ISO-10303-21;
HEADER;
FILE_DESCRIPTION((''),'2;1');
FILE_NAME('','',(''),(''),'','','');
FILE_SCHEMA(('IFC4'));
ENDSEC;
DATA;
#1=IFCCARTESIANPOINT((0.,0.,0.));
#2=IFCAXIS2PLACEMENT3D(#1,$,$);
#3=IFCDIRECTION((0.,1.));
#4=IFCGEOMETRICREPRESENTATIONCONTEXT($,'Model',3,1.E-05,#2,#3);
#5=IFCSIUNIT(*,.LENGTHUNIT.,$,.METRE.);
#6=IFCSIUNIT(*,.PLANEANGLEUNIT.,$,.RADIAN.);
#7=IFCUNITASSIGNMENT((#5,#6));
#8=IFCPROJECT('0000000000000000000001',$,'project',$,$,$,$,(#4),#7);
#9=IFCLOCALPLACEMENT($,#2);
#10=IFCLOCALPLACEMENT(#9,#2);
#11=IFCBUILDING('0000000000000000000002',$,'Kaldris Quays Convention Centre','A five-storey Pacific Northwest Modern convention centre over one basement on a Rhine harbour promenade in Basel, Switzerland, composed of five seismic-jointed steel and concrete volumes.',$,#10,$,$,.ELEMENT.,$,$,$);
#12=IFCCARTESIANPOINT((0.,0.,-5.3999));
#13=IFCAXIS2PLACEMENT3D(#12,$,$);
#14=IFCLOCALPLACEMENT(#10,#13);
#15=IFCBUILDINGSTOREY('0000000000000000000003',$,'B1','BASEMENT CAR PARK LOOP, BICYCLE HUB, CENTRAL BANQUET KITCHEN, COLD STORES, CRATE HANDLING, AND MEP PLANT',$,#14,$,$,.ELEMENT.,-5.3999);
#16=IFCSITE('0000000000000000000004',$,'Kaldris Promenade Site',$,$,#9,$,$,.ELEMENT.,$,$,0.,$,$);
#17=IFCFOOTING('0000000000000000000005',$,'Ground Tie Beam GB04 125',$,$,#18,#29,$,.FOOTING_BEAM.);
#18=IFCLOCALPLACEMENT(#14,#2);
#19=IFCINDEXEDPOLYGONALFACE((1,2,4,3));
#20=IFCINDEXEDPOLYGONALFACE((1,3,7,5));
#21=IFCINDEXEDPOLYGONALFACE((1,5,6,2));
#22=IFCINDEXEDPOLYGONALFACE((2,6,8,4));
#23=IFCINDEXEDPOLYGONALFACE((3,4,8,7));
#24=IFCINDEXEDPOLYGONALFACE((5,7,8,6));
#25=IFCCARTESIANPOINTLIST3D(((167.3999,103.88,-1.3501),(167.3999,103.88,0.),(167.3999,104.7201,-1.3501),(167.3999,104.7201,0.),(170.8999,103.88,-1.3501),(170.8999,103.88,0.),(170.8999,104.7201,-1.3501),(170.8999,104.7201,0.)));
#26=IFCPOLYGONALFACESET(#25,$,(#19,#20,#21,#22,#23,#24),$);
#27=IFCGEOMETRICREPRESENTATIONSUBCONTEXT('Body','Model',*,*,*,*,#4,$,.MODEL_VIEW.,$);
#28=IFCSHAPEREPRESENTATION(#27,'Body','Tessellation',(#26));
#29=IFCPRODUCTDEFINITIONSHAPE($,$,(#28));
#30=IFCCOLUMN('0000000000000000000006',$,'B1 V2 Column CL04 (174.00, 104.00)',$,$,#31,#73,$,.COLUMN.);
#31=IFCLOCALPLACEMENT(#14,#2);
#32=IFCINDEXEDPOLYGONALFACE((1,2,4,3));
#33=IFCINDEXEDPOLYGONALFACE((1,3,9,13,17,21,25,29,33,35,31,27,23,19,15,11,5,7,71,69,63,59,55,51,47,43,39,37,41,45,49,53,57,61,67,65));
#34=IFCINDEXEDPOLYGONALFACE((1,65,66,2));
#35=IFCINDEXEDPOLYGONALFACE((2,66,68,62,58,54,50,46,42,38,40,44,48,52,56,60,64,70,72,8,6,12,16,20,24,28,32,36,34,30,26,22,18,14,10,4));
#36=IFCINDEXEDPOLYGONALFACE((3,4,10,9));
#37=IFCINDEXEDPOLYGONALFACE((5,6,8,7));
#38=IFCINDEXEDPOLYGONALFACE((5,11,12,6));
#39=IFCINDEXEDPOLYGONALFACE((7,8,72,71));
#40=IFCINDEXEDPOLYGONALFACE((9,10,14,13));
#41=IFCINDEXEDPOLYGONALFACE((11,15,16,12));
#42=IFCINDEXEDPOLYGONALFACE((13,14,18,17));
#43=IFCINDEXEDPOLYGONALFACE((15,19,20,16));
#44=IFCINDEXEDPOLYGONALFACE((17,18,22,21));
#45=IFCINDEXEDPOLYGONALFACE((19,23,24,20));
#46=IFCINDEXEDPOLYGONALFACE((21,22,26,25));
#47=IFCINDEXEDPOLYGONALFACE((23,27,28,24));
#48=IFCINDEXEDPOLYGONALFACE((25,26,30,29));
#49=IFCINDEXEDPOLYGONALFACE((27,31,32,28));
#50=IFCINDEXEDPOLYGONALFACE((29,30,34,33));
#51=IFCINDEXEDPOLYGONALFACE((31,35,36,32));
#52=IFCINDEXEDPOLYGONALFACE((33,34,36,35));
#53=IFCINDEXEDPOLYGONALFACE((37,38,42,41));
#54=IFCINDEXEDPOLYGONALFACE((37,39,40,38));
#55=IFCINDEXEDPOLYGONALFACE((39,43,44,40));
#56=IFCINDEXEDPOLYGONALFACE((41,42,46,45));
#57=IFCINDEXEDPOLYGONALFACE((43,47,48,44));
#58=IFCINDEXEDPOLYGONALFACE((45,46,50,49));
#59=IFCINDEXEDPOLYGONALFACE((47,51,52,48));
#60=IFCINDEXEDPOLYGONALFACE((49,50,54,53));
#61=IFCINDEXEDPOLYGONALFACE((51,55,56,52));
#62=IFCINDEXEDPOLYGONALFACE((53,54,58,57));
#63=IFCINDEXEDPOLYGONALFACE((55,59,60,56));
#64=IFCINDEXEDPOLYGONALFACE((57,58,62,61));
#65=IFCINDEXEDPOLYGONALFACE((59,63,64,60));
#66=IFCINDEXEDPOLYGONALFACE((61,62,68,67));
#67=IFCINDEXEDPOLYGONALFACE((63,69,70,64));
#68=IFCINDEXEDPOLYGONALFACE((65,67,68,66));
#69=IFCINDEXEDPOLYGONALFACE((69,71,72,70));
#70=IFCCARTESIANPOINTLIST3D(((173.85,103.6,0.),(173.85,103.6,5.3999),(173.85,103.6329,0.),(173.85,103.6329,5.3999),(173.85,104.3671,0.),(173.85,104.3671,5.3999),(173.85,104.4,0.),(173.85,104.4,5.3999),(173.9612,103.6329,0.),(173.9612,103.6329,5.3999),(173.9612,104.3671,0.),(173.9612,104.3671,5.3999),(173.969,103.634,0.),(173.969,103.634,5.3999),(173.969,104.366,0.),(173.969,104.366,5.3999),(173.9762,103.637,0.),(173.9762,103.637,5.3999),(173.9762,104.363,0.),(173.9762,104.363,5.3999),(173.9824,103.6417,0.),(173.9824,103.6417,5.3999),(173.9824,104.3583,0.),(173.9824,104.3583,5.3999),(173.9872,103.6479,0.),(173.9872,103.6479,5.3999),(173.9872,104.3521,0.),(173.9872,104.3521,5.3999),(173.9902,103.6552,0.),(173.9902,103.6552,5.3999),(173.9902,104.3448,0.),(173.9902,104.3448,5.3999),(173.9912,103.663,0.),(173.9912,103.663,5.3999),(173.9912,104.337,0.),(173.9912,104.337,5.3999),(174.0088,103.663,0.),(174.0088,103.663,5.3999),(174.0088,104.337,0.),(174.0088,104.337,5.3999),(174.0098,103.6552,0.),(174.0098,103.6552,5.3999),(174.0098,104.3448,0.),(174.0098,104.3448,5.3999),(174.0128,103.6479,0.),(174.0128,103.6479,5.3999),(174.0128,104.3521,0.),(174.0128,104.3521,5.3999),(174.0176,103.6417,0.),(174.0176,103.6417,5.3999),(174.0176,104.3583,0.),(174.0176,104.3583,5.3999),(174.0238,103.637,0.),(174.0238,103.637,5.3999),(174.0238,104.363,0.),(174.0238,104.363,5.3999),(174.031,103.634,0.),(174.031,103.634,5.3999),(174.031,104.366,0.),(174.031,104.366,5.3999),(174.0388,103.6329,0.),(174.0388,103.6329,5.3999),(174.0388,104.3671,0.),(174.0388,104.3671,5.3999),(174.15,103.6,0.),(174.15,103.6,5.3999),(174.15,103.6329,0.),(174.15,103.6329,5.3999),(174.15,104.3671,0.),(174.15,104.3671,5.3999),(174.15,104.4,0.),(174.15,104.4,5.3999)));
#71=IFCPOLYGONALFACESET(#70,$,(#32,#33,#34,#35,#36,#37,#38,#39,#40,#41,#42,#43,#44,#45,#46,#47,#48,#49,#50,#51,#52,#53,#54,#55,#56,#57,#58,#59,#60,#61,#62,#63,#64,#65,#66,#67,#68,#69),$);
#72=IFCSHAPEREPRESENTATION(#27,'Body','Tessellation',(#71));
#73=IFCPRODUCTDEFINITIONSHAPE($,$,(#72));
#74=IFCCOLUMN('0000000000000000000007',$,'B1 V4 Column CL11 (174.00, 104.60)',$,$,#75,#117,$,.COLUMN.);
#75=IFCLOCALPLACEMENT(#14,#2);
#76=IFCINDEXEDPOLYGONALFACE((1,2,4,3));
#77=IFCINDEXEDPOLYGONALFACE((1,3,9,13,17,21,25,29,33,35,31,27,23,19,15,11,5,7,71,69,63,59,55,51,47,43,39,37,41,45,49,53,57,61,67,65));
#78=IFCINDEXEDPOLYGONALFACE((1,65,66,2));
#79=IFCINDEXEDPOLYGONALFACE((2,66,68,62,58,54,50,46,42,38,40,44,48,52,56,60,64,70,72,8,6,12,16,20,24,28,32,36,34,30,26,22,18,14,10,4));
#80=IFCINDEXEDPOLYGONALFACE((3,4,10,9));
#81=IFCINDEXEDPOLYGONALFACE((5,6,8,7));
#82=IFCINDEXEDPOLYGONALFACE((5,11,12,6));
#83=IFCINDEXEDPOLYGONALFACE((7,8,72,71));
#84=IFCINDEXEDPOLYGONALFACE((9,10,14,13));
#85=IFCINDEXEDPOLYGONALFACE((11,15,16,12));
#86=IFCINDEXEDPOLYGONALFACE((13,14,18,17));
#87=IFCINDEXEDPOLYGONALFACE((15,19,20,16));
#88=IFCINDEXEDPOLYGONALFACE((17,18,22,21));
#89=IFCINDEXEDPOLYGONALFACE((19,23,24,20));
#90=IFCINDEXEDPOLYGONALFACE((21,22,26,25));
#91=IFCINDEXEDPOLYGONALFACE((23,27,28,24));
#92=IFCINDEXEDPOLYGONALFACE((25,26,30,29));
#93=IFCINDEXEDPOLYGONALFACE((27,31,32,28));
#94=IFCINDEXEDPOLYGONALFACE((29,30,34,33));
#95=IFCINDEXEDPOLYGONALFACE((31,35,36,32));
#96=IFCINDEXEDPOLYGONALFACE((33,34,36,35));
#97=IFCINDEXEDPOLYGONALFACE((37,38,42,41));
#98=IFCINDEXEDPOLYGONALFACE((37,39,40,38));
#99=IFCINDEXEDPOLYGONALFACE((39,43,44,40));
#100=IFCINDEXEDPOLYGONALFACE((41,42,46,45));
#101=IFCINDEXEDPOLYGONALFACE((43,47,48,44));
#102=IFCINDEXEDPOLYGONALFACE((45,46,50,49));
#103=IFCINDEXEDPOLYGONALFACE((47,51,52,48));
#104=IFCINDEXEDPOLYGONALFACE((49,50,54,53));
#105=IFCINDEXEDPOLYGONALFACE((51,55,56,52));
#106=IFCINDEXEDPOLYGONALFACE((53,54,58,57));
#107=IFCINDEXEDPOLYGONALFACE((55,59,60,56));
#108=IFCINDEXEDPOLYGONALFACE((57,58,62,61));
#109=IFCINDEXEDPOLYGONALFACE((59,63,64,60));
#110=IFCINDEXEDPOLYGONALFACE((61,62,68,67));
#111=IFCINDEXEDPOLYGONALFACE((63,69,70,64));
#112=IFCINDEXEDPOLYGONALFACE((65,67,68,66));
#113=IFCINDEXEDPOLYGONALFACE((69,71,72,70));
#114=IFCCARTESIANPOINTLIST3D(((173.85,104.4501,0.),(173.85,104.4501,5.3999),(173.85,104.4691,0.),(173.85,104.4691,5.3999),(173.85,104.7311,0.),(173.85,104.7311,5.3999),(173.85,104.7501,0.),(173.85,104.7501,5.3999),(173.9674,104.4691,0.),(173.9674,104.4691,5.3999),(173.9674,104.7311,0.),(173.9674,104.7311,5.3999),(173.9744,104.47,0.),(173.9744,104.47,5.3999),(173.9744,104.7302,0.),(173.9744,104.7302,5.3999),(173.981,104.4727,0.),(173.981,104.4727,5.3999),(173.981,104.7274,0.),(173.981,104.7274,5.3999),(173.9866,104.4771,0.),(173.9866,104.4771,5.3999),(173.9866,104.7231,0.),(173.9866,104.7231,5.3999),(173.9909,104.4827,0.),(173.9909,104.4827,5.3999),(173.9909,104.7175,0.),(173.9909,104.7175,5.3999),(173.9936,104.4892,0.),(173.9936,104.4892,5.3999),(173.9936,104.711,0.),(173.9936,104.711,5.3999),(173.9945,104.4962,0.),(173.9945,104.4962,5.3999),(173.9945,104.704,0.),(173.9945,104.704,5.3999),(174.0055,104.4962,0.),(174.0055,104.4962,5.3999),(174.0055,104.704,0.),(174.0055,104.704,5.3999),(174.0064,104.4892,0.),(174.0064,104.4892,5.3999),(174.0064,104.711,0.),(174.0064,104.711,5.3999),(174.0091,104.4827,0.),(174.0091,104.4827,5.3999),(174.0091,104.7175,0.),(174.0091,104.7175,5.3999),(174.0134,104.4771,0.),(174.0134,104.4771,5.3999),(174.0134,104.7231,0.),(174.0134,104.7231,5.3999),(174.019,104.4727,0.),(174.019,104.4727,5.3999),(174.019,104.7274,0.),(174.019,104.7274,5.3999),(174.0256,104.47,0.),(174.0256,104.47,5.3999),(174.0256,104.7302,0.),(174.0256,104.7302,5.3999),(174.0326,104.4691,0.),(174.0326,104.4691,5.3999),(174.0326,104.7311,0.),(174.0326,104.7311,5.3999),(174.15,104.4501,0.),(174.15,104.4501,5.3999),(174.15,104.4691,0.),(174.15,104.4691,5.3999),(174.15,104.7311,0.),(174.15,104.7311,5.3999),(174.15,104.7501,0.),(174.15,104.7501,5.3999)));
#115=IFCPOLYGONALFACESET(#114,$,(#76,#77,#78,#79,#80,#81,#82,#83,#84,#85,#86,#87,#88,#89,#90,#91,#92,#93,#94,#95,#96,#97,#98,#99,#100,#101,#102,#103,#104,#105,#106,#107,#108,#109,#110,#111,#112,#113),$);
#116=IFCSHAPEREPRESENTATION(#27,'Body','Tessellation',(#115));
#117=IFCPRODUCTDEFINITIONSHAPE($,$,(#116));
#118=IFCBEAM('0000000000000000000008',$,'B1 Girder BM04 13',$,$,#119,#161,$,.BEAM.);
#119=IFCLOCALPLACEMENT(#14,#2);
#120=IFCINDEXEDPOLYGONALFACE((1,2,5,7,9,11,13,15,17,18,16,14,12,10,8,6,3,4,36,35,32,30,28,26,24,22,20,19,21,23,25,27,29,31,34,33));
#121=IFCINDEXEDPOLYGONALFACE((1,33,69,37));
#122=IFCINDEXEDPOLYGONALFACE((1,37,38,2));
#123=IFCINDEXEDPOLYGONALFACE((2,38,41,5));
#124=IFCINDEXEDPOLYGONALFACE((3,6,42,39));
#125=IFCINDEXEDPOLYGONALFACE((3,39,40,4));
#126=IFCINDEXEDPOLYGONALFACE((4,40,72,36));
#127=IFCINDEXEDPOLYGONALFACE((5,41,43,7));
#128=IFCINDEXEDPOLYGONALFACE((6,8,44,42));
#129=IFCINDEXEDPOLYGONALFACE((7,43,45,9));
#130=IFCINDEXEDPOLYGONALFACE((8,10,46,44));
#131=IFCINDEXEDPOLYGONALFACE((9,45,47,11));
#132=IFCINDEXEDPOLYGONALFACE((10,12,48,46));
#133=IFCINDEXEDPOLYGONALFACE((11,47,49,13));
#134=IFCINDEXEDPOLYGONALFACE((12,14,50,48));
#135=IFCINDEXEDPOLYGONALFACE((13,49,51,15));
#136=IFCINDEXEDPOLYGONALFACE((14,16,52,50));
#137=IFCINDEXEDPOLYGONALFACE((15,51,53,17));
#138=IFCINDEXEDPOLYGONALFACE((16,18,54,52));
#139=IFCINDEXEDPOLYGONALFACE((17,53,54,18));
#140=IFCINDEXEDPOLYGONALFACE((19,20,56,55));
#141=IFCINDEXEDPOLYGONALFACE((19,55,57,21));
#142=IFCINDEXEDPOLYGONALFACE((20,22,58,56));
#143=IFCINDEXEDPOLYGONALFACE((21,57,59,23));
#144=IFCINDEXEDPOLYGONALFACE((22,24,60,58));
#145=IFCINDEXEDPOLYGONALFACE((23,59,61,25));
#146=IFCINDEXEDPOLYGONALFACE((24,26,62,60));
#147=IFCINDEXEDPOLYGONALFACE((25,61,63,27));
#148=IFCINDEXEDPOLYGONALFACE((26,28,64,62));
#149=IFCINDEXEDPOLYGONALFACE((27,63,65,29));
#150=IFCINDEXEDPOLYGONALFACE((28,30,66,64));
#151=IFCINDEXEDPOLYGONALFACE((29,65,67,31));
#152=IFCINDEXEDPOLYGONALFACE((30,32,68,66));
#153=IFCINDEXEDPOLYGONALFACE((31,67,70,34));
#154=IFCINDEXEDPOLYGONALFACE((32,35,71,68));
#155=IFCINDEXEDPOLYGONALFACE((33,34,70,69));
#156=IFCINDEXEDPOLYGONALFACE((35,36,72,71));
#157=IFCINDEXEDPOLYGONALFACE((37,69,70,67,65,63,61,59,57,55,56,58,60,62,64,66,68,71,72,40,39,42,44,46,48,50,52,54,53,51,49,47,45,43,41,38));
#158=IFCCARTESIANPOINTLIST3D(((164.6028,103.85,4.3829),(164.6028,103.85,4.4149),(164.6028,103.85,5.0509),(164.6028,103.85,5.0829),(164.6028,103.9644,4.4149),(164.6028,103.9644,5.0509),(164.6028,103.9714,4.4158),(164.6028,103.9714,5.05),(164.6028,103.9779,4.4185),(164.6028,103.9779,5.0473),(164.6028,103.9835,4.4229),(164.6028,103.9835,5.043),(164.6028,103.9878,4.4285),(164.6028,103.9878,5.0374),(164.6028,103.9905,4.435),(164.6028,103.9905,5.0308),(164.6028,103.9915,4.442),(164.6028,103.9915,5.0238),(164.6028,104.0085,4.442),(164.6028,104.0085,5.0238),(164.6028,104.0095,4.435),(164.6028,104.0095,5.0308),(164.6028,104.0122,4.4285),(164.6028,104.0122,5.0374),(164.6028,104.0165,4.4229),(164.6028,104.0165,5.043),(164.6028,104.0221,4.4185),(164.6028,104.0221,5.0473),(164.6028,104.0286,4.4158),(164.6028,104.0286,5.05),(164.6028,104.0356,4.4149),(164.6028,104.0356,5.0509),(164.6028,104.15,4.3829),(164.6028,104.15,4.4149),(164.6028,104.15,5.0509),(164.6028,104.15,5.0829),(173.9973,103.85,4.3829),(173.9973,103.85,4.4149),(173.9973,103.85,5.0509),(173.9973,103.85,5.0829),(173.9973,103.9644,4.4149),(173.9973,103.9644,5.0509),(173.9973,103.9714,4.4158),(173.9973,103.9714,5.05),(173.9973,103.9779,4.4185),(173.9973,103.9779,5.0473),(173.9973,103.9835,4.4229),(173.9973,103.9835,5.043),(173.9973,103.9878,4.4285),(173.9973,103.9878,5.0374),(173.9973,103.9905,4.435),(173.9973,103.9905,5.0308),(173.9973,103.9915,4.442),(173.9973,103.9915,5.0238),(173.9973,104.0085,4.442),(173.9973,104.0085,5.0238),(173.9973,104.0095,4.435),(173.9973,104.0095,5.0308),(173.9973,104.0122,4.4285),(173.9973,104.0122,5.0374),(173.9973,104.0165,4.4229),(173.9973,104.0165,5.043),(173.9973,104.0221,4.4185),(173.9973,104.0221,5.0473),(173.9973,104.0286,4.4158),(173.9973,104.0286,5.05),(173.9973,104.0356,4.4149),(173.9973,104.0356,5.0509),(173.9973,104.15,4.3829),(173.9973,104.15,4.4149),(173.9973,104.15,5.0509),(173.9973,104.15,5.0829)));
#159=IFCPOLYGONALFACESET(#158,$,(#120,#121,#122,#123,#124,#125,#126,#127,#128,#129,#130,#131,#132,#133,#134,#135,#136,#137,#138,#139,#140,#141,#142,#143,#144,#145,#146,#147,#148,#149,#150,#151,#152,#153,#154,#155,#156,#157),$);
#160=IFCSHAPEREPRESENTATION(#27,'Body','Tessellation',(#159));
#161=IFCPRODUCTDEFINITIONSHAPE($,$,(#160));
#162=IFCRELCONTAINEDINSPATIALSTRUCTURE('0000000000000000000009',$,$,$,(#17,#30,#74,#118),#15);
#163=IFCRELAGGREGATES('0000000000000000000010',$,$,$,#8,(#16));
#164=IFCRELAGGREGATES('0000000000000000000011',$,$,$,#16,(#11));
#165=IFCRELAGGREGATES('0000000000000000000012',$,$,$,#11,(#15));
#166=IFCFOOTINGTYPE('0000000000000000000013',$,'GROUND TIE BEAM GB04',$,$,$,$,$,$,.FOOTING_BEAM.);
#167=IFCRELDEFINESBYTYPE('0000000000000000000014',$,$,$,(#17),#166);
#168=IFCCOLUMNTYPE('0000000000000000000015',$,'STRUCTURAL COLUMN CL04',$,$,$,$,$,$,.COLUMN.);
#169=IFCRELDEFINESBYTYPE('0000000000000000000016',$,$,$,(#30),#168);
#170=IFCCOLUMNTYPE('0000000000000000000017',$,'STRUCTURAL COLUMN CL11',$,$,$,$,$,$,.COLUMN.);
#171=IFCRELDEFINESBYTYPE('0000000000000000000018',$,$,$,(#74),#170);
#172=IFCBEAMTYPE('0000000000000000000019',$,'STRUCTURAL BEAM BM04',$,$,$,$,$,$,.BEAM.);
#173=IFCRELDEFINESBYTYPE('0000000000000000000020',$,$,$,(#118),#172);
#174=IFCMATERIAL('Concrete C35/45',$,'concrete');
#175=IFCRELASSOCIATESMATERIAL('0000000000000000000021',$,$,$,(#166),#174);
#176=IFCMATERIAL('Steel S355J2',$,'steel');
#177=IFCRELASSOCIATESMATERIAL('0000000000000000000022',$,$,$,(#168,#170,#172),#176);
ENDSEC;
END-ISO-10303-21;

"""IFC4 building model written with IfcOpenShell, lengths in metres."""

from ifc_helpers import new_model, si_unit, direction, frame, origin, origin_2d, place, context, subcontext, project, spatial, rectangle, i_section, extrude, material, material_profile, profile_set, type_object, element, save


model = new_model("IFC4")

# Units and contexts
model_context = context("Model", 3, precision=1e-05, world=origin(), true_north=direction((0.0, 1.0)))
body_context = subcontext(model_context, "Body", "Model", "MODEL_VIEW")
ifc_project = project(units=[si_unit("LENGTHUNIT", "METRE"), si_unit("PLANEANGLEUNIT", "RADIAN")], contexts=[model_context])

# Site, building, storey
site_placement = place(None, origin())
site = spatial("IfcSite", under=ifc_project, at=site_placement, Name="Kaldris Promenade Site", CompositionType="ELEMENT", RefElevation=0.0)
building_placement = place(site_placement, origin())
building = spatial("IfcBuilding", under=site, at=building_placement, Name="Kaldris Quays Convention Centre", Description="A five-storey Pacific Northwest Modern convention centre over one basement on a Rhine harbour promenade in Basel, Switzerland, composed of five seismic-jointed steel and concrete volumes.", CompositionType="ELEMENT")
storey_placement = place(building_placement, frame((0.0, 0.0, -5.3999)))
storey = spatial("IfcBuildingStorey", under=building, at=storey_placement, Name="B1", Description="BASEMENT CAR PARK LOOP, BICYCLE HUB, CENTRAL BANQUET KITCHEN, COLD STORES, CRATE HANDLING, AND MEP PLANT", CompositionType="ELEMENT", Elevation=-5.3999)

# Shared definitions
ifc_material_1 = material(Name="Concrete C35/45", Category="concrete")

# Footing
footing_type_1 = type_object("IfcFootingType", Name="GROUND TIE BEAM GB04", PredefinedType="FOOTING_BEAM", material=ifc_material_1)
footing_1_placement = place(storey_placement, frame((169.1499, 104.3, -1.3501), z_axis=(0.0, 0.0, 1.0), x_axis=(1.0, 0.0, 0.0)))
element("IfcFooting", 1, at=footing_1_placement, inside=storey, type_object=footing_type_1, Name="Ground Tie Beam GB04 125", PredefinedType="FOOTING_BEAM", context=body_context, shape_type="SweptSolid", body=[
    extrude(rectangle(XDim=3.5, YDim=0.8401, at=origin_2d()), origin(), (0.0, 0.0, 1.0), 1.3501),
])

# Columns
ifc_material_2 = material(Name="Steel S355J2", Category="steel")
ifc_material_profile_1 = material_profile(ifc_material_2, i_section(OverallWidth=0.3, OverallDepth=0.8, WebThickness=0.0176, FlangeThickness=0.033, FilletRadius=0.03, at=origin_2d()), Name="HEB 800")
ifc_profile_set_1 = profile_set([ifc_material_profile_1], Name="Steel S355J2")
column_type_1 = type_object("IfcColumnType", Name="STRUCTURAL COLUMN CL04", PredefinedType="COLUMN", material=ifc_profile_set_1)
column_1_placement = place(storey_placement, frame((174.0, 104.0, 0.0), z_axis=(0.0, 0.0, 1.0), x_axis=(1.0, 0.0, 0.0)))
element("IfcColumn", 2, at=column_1_placement, inside=storey, type_object=column_type_1, Name="B1 V2 Column CL04 (174.00, 104.00)", PredefinedType="COLUMN", context=body_context, shape_type="SweptSolid", body=[
    extrude(i_section(OverallWidth=0.3, OverallDepth=0.8, WebThickness=0.0176, FlangeThickness=0.033, FilletRadius=0.03, at=origin_2d()), origin(), (0.0, 0.0, 1.0), 5.3999),
])
ifc_material_profile_2 = material_profile(ifc_material_2, i_section(OverallWidth=0.3, OverallDepth=0.3, WebThickness=0.011, FlangeThickness=0.019, FilletRadius=0.0271, at=origin_2d()), Name="HEB 300")
ifc_profile_set_2 = profile_set([ifc_material_profile_2], Name="Steel S355J2")
column_type_2 = type_object("IfcColumnType", Name="STRUCTURAL COLUMN CL11", PredefinedType="COLUMN", material=ifc_profile_set_2)
column_2_placement = place(storey_placement, frame((174.0, 104.6001, 0.0), z_axis=(0.0, 0.0, 1.0), x_axis=(1.0, 0.0, 0.0)))
element("IfcColumn", 3, at=column_2_placement, inside=storey, type_object=column_type_2, Name="B1 V4 Column CL11 (174.00, 104.60)", PredefinedType="COLUMN", context=body_context, shape_type="SweptSolid", body=[
    extrude(i_section(OverallWidth=0.3, OverallDepth=0.3, WebThickness=0.011, FlangeThickness=0.019, FilletRadius=0.0271, at=origin_2d()), origin(), (0.0, 0.0, 1.0), 5.3999),
])

# Beam
ifc_material_profile_3 = material_profile(ifc_material_2, i_section(OverallWidth=0.3, OverallDepth=0.7, WebThickness=0.0171, FlangeThickness=0.032, FilletRadius=0.0271, at=origin_2d()), Name="HEB 700")
ifc_profile_set_3 = profile_set([ifc_material_profile_3], Name="Steel S355J2")
beam_type_1 = type_object("IfcBeamType", Name="STRUCTURAL BEAM BM04", PredefinedType="BEAM", material=ifc_profile_set_3)
beam_1_placement = place(storey_placement, frame((164.6028, 104.0, 4.7329), z_axis=(1.0, 0.0, 0.0), x_axis=(0.0, 1.0, 0.0)))
element("IfcBeam", 4, at=beam_1_placement, inside=storey, type_object=beam_type_1, Name="B1 Girder BM04 13", PredefinedType="BEAM", context=body_context, shape_type="SweptSolid", body=[
    extrude(i_section(OverallWidth=0.3, OverallDepth=0.7, WebThickness=0.0171, FlangeThickness=0.032, FilletRadius=0.0271, at=origin_2d()), origin(), (0.0, 0.0, 1.0), 9.3945),
])

save(model, "model.ifc")
